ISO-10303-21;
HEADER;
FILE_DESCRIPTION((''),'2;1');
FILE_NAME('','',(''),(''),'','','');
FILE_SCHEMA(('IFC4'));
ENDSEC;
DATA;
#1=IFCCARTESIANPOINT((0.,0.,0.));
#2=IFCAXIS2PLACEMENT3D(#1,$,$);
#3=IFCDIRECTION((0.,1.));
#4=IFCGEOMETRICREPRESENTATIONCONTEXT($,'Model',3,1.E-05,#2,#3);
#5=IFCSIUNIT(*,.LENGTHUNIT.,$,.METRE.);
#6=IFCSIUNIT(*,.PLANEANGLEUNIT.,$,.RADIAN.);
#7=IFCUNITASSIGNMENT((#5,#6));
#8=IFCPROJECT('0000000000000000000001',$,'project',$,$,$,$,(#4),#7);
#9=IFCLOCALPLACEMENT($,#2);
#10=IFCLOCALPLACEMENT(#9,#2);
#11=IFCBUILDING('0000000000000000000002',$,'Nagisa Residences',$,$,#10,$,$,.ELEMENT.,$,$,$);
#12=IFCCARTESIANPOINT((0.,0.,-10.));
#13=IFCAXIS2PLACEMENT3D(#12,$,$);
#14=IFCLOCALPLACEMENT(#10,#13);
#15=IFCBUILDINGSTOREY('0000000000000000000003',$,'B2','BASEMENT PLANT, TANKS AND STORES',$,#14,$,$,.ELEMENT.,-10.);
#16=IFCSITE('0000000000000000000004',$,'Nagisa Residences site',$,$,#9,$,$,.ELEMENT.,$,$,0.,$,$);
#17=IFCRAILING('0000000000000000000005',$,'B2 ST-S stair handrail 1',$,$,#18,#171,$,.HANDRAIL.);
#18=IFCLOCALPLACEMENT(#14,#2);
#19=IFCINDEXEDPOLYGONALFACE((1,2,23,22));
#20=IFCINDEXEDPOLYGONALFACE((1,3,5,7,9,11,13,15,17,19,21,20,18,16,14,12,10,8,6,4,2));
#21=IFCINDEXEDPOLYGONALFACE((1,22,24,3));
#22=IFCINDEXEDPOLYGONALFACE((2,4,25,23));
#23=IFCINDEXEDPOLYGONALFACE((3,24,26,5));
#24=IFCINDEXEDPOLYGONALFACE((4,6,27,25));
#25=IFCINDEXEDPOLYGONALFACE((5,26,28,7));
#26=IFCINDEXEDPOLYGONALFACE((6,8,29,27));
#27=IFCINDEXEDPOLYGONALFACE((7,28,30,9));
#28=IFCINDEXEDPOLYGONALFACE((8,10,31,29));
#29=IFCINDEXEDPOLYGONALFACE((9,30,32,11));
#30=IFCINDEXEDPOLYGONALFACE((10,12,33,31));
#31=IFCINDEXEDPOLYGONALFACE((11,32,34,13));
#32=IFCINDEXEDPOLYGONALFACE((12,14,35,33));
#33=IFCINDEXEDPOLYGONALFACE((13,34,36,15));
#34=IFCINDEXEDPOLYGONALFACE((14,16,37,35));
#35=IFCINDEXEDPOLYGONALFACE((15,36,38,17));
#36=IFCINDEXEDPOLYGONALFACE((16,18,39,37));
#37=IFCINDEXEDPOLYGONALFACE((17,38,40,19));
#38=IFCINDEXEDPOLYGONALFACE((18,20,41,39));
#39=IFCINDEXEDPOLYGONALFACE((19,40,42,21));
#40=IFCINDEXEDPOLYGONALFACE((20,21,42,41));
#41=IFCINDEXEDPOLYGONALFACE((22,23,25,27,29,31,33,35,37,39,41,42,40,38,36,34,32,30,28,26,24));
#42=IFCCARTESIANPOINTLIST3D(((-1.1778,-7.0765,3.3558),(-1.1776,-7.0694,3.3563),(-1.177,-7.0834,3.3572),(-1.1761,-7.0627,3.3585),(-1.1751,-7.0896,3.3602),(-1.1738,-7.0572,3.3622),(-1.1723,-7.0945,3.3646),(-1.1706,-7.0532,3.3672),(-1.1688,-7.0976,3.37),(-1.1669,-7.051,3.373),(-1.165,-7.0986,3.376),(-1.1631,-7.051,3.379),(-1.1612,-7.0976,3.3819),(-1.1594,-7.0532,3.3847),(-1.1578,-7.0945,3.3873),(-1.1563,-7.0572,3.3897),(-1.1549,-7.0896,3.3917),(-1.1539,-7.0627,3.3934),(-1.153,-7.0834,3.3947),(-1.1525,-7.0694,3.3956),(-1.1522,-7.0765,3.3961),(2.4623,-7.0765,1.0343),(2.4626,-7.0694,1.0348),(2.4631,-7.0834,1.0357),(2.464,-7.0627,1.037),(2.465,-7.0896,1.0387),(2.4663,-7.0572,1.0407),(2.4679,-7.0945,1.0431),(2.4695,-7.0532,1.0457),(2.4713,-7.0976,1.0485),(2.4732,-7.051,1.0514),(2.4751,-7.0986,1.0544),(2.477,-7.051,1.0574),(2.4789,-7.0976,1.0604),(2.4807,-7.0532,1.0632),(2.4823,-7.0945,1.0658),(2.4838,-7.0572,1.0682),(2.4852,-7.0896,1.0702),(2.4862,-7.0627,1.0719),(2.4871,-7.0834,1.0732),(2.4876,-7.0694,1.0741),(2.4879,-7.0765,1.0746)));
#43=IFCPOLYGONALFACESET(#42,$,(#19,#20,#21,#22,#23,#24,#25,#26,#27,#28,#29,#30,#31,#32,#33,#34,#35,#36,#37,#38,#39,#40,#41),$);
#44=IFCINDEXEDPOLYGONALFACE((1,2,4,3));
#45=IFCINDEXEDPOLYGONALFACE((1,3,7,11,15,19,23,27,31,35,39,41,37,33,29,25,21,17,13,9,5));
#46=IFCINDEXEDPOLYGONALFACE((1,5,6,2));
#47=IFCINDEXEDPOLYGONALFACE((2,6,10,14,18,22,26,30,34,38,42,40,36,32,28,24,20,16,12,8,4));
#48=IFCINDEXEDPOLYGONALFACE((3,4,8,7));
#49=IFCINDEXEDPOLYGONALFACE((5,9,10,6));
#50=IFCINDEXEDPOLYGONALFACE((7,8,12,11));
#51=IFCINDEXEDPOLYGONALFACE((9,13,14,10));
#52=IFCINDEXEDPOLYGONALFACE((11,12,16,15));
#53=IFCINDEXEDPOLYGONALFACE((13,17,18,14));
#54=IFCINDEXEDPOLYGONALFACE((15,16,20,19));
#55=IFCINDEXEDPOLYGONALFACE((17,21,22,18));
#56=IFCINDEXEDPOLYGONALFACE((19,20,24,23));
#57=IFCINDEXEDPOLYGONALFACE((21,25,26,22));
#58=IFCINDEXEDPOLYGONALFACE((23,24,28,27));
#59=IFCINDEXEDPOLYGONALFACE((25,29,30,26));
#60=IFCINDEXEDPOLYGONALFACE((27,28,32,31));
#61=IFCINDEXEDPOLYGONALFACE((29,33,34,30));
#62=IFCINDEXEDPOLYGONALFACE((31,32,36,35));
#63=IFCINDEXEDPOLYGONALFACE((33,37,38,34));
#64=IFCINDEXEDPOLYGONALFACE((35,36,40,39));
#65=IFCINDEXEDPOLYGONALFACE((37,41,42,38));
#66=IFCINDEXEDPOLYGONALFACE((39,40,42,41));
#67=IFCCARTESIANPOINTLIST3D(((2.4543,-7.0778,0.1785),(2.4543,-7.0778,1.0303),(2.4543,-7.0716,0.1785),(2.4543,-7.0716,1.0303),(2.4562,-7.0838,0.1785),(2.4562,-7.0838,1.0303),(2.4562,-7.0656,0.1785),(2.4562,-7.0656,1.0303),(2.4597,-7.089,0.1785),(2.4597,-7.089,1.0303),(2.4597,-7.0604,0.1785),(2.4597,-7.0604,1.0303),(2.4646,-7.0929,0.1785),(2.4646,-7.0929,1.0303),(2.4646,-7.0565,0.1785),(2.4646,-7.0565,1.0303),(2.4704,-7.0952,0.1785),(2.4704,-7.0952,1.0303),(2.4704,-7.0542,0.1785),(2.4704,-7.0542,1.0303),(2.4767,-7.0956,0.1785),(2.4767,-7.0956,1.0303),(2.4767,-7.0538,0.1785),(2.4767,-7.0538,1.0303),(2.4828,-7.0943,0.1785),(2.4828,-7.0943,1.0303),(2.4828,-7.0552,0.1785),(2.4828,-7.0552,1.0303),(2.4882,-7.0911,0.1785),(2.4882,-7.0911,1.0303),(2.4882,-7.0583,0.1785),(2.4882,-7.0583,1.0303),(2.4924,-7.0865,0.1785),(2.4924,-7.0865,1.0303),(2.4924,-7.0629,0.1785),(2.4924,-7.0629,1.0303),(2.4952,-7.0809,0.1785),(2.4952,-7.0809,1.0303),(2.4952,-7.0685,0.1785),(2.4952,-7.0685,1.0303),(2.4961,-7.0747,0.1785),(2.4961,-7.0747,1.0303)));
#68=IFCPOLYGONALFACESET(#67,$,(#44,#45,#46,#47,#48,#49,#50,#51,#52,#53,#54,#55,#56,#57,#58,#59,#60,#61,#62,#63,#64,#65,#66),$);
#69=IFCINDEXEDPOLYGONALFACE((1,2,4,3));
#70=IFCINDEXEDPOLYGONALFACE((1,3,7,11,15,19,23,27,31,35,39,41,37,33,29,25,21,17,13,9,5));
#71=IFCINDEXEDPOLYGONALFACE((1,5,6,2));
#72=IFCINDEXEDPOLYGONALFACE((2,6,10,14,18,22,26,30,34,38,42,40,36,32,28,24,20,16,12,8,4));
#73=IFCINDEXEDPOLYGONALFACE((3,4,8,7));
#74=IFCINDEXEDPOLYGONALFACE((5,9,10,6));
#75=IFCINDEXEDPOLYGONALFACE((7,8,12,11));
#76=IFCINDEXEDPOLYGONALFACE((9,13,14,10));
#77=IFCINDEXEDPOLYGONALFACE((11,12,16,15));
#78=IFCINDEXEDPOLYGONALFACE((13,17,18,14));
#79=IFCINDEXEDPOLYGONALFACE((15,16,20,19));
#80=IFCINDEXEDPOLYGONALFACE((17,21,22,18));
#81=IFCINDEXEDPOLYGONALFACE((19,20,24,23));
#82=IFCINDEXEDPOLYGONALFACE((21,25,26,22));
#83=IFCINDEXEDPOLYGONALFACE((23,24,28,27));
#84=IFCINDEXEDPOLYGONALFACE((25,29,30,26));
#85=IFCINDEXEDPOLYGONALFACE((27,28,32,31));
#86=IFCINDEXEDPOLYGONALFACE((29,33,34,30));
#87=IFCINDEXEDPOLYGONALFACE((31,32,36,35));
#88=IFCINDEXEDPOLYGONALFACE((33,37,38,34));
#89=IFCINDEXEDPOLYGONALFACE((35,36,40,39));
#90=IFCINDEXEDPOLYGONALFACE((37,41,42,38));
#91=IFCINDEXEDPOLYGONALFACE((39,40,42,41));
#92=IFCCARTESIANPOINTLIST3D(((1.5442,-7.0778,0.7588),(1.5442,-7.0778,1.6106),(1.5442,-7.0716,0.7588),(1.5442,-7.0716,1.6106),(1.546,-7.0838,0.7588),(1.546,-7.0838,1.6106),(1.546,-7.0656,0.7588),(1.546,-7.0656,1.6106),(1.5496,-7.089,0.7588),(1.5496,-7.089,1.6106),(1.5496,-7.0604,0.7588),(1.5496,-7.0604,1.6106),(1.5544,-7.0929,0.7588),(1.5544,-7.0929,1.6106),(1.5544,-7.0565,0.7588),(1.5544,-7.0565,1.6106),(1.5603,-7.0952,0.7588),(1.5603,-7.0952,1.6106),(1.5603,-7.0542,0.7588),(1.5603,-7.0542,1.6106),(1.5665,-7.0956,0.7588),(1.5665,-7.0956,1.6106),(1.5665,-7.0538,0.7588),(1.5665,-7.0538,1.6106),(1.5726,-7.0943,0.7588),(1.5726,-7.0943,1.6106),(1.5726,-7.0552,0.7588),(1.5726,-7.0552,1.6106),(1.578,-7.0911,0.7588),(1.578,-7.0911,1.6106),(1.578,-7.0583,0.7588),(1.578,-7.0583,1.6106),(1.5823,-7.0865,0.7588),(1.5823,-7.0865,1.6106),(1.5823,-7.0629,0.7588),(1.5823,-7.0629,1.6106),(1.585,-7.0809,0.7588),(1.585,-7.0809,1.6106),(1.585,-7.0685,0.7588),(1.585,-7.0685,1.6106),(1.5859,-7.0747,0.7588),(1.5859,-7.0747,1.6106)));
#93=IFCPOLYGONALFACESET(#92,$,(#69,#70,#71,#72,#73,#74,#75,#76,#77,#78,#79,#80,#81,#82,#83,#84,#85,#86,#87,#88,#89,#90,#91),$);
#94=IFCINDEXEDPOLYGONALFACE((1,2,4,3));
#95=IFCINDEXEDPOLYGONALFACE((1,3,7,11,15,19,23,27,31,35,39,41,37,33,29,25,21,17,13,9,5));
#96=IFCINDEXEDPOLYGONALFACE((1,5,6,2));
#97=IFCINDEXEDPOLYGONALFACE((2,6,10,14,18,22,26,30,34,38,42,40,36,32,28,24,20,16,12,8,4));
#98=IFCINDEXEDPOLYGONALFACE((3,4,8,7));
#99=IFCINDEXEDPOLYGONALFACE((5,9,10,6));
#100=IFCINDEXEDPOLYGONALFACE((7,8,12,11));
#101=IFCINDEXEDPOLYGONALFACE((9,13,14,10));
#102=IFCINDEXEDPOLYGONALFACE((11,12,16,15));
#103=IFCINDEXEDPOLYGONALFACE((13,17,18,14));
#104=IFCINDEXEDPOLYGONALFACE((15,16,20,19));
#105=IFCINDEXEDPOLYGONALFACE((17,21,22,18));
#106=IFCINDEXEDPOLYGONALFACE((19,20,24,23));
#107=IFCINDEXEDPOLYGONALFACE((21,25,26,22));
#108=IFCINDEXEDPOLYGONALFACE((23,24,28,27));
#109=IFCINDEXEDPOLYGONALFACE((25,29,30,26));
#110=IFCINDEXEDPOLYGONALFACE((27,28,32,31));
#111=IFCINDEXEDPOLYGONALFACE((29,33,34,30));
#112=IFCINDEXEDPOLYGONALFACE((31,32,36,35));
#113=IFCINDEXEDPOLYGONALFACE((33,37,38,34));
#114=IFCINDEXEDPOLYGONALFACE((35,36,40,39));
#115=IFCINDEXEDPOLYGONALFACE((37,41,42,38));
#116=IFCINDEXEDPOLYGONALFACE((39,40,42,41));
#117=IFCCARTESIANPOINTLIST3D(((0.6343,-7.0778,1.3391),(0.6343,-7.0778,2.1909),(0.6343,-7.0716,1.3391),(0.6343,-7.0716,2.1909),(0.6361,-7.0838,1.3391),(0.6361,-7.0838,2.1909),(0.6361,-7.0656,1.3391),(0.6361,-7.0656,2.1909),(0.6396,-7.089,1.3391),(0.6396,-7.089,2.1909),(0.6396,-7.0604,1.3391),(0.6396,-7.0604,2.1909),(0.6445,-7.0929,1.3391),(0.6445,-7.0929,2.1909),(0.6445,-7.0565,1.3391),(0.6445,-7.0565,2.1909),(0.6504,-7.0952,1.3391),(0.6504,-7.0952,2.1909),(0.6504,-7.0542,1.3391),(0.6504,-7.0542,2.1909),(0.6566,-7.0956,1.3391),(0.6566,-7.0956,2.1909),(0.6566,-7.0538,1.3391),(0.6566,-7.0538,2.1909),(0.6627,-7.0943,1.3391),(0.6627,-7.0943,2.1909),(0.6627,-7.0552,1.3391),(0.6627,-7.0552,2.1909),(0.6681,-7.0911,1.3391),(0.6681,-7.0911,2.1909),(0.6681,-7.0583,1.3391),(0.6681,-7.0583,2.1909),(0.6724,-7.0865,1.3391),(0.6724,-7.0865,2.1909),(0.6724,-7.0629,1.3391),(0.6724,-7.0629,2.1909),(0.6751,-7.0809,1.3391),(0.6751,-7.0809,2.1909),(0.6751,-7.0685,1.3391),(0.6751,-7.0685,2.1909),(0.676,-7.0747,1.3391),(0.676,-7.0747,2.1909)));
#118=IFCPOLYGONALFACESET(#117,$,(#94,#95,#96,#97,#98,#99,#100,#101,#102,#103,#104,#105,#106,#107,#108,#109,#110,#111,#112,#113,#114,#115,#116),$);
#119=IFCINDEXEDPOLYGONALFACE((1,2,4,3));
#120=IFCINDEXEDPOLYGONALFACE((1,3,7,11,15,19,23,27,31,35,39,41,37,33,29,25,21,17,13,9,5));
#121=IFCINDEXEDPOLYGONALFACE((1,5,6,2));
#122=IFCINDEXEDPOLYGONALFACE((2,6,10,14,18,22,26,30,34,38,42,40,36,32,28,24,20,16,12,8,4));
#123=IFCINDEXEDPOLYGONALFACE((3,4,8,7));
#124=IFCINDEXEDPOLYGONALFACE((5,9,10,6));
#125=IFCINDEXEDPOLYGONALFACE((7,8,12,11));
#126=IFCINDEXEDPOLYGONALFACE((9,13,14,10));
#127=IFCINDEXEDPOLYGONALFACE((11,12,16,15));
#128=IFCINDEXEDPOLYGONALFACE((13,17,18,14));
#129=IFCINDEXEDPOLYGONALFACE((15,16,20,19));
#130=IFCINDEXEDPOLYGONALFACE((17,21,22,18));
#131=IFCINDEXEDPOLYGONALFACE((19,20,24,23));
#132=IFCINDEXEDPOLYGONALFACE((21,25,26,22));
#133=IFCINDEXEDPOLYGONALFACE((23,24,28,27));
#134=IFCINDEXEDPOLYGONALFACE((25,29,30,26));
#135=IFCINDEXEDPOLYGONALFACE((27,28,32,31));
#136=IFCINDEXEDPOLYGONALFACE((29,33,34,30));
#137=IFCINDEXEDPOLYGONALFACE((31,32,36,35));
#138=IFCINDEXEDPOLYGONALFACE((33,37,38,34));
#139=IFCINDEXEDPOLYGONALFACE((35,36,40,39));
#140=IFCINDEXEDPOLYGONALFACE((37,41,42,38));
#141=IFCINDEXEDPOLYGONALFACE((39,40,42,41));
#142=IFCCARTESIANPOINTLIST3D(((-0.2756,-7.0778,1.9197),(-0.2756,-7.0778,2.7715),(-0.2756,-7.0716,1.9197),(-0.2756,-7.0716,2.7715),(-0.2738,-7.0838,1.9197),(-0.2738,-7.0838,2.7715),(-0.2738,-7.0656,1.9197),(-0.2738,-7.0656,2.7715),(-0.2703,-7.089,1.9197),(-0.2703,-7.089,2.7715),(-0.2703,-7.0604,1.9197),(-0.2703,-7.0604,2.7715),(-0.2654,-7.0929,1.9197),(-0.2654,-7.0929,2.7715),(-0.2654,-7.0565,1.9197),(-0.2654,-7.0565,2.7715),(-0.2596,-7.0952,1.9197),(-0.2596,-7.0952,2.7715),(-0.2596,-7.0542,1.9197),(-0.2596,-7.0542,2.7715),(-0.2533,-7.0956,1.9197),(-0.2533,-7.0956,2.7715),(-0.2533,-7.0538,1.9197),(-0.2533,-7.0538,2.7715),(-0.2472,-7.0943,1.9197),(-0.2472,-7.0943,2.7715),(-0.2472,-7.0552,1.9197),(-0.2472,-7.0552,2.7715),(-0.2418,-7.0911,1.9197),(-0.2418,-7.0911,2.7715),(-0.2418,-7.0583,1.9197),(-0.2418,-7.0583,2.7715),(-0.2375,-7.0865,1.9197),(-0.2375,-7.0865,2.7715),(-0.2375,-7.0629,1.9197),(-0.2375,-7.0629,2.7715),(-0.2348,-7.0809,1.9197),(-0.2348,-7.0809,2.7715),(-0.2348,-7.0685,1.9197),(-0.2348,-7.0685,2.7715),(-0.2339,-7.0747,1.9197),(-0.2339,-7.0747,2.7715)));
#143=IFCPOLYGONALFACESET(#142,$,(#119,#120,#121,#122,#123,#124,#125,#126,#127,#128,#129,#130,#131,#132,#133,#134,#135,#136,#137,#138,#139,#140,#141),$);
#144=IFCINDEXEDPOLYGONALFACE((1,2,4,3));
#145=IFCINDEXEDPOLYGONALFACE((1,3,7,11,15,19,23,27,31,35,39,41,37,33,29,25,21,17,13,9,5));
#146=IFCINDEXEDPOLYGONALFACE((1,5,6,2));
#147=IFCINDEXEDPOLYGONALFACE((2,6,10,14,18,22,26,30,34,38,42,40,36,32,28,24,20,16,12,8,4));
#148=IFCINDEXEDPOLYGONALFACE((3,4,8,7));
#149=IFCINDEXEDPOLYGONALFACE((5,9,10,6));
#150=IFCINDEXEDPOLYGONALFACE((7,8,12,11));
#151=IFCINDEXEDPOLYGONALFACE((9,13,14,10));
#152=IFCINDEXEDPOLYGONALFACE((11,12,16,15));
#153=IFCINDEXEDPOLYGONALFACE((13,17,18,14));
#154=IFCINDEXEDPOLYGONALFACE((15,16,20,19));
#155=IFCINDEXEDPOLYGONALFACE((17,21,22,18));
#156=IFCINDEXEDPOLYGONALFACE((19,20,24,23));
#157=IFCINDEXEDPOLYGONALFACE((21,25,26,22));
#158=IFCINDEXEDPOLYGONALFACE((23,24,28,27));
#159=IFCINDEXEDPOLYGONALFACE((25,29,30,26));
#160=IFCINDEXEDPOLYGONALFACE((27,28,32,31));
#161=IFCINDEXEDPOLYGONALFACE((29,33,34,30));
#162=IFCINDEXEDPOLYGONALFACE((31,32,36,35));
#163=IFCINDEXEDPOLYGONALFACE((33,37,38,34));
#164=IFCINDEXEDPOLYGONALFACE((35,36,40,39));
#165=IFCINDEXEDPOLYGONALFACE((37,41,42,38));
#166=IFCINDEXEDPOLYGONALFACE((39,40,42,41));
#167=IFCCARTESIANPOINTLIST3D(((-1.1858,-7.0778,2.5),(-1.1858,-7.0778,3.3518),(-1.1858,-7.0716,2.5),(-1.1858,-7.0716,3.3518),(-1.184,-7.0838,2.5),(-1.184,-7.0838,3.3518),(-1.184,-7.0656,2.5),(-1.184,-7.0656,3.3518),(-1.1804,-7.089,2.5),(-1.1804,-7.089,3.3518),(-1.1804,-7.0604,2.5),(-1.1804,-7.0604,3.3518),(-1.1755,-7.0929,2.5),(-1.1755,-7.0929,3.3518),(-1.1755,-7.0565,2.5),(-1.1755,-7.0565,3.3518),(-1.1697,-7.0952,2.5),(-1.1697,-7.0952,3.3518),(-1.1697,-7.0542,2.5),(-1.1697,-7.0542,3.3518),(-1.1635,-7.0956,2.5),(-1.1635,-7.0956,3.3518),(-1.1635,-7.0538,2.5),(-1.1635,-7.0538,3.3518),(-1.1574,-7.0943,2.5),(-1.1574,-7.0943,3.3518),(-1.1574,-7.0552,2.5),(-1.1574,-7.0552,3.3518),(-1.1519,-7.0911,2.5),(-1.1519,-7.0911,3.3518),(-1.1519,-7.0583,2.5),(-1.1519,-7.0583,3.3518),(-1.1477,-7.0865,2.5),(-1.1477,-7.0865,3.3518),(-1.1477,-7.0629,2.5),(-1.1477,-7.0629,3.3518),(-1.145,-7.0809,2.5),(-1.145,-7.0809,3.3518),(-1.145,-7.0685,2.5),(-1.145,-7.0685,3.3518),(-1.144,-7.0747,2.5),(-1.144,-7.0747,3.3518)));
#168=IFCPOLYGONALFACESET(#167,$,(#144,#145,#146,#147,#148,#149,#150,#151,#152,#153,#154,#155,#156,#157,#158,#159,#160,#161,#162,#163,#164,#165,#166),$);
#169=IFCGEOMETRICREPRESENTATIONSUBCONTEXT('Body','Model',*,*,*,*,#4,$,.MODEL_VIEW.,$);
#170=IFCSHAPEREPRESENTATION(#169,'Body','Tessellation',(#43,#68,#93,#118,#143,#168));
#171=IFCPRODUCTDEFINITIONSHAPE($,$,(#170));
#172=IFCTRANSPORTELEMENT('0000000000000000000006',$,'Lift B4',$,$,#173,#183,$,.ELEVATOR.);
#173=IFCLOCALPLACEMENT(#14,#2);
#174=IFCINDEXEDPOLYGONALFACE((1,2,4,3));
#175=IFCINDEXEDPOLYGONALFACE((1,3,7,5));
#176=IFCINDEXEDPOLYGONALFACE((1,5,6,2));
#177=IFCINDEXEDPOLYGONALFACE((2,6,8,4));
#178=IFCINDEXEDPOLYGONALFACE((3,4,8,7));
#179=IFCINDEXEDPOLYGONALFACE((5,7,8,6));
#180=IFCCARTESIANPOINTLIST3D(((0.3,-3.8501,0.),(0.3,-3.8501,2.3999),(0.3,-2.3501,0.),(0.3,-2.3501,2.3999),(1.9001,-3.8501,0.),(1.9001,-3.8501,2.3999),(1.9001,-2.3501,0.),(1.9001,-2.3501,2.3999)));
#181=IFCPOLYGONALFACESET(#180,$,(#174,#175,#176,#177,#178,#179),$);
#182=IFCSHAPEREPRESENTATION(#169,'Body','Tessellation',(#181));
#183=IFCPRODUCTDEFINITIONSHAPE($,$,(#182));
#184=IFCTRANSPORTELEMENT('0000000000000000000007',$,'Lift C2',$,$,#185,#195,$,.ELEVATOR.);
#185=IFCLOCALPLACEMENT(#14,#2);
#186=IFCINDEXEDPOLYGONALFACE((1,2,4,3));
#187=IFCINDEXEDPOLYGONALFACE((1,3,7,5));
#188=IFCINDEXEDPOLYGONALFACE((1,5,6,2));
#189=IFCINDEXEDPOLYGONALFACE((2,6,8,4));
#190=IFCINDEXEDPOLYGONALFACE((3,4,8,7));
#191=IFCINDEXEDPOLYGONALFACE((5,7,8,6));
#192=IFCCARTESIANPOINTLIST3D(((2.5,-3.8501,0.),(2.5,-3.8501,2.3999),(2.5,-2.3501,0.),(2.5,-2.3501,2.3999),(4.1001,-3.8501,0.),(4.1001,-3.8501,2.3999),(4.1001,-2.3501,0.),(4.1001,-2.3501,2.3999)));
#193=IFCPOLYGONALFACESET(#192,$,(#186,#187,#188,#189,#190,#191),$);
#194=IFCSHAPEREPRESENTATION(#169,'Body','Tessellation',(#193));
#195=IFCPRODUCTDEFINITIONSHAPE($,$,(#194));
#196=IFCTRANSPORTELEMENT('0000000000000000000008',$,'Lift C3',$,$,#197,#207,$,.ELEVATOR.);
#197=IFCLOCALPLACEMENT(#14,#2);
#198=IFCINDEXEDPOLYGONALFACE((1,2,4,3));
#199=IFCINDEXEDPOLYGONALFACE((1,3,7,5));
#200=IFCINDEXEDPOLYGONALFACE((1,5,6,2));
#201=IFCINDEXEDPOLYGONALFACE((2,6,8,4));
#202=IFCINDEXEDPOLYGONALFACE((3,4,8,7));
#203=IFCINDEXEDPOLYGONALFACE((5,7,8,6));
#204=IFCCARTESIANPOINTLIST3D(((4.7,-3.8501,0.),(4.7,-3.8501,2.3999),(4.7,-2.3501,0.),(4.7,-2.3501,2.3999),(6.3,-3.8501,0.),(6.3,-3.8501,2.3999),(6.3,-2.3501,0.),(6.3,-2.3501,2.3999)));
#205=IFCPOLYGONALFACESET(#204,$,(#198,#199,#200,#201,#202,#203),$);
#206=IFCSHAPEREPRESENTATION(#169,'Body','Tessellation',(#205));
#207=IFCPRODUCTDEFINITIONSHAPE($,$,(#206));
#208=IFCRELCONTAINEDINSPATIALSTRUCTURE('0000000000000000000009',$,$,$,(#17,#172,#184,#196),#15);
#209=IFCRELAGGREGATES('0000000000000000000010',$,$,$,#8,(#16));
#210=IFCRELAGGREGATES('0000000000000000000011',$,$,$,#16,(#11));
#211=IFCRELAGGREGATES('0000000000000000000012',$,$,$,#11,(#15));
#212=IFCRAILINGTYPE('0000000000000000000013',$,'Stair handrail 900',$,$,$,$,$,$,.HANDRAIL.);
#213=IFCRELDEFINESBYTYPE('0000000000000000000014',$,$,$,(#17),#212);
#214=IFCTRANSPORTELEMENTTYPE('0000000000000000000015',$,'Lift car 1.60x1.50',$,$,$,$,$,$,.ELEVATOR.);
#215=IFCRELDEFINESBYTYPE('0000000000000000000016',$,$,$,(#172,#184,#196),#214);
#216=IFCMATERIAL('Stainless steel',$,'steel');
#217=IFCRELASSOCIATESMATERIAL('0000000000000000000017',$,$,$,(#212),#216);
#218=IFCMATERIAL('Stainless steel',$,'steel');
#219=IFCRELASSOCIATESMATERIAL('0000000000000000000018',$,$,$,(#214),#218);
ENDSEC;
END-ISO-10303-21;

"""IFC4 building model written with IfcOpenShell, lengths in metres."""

from ifc_helpers import new_model, si_unit, direction, frame, origin, origin_2d, place, context, subcontext, project, spatial, rectangle, circle, extrude, material, type_object, element, save


model = new_model("IFC4")

# Units and contexts
model_context = context("Model", 3, precision=1e-05, world=origin(), true_north=direction((0.0, 1.0)))
body_context = subcontext(model_context, "Body", "Model", "MODEL_VIEW")
ifc_project = project(units=[si_unit("LENGTHUNIT", "METRE"), si_unit("PLANEANGLEUNIT", "RADIAN")], contexts=[model_context])

# Site, building, storey
site_placement = place(None, origin())
site = spatial("IfcSite", under=ifc_project, at=site_placement, Name="Nagisa Residences site", CompositionType="ELEMENT", RefElevation=0.0)
building_placement = place(site_placement, origin())
building = spatial("IfcBuilding", under=site, at=building_placement, Name="Nagisa Residences", CompositionType="ELEMENT")
storey_placement = place(building_placement, frame((0.0, 0.0, -10.0)))
storey = spatial("IfcBuildingStorey", under=building, at=storey_placement, Name="B2", Description="BASEMENT PLANT, TANKS AND STORES", CompositionType="ELEMENT", Elevation=-10.0)

# Railing
ifc_material_1 = material(Name="Stainless steel", Category="steel")
railing_type_1 = type_object("IfcRailingType", Name="Stair handrail 900", PredefinedType="HANDRAIL", material=ifc_material_1)
railing_1_placement = place(storey_placement, frame((2.4751, -7.0747, 0.1785)))
element("IfcRailing", 1, at=railing_1_placement, inside=storey, type_object=railing_type_1, Name="B2 ST-S stair handrail 1", PredefinedType="HANDRAIL", context=body_context, shape_type="SweptSolid", body=[
    extrude(circle(Radius=0.0239, at=origin_2d()), frame((0.0, 0.0, 0.876), z_axis=(-0.843128, 0.0, 0.537713), x_axis=(0.0, -1.0, 0.0)), (0.0, 0.0, 1.0), 4.3174),
    extrude(circle(Radius=0.021, at=origin_2d()), origin(), (0.0, 0.0, 1.0), 0.8518),
    extrude(circle(Radius=0.021, at=origin_2d()), frame((-0.9102, 0.0, 0.5803)), (0.0, 0.0, 1.0), 0.8518),
    extrude(circle(Radius=0.021, at=origin_2d()), frame((-1.8201, 0.0, 1.1606)), (0.0, 0.0, 1.0), 0.8518),
    extrude(circle(Radius=0.021, at=origin_2d()), frame((-2.73, 0.0, 1.7412)), (0.0, 0.0, 1.0), 0.8518),
    extrude(circle(Radius=0.021, at=origin_2d()), frame((-3.6401, 0.0, 2.3215)), (0.0, 0.0, 1.0), 0.8518),
])

# Transport elements
ifc_material_2 = material(Name="Stainless steel", Category="steel")
transport_element_type_1 = type_object("IfcTransportElementType", Name="Lift car 1.60x1.50", PredefinedType="ELEVATOR", material=ifc_material_2)
for number, where, z_axis, x_axis, name in (
    (2, (1.1001, -3.1001, 0.0), (0.0, 0.0, 1.0), (1.0, 0.0, 0.0), "Lift B4"),
    (3, (3.3, -3.1001, 0.0), (0.0, 0.0, 1.0), (1.0, 0.0, 0.0), "Lift C2"),
    (4, (5.5, -3.1001, 0.0), (0.0, 0.0, 1.0), (1.0, 0.0, 0.0), "Lift C3"),
):
    element("IfcTransportElement", number, at=place(storey_placement, frame(where, z_axis=z_axis, x_axis=x_axis)), inside=storey, type_object=transport_element_type_1, Name=name, PredefinedType="ELEVATOR", context=body_context, shape_type="SweptSolid", body=[
        extrude(rectangle(XDim=1.6001, YDim=1.5, at=origin_2d()), origin(), (0.0, 0.0, 1.0), 2.3999),
    ])

save(model, "model.ifc")
